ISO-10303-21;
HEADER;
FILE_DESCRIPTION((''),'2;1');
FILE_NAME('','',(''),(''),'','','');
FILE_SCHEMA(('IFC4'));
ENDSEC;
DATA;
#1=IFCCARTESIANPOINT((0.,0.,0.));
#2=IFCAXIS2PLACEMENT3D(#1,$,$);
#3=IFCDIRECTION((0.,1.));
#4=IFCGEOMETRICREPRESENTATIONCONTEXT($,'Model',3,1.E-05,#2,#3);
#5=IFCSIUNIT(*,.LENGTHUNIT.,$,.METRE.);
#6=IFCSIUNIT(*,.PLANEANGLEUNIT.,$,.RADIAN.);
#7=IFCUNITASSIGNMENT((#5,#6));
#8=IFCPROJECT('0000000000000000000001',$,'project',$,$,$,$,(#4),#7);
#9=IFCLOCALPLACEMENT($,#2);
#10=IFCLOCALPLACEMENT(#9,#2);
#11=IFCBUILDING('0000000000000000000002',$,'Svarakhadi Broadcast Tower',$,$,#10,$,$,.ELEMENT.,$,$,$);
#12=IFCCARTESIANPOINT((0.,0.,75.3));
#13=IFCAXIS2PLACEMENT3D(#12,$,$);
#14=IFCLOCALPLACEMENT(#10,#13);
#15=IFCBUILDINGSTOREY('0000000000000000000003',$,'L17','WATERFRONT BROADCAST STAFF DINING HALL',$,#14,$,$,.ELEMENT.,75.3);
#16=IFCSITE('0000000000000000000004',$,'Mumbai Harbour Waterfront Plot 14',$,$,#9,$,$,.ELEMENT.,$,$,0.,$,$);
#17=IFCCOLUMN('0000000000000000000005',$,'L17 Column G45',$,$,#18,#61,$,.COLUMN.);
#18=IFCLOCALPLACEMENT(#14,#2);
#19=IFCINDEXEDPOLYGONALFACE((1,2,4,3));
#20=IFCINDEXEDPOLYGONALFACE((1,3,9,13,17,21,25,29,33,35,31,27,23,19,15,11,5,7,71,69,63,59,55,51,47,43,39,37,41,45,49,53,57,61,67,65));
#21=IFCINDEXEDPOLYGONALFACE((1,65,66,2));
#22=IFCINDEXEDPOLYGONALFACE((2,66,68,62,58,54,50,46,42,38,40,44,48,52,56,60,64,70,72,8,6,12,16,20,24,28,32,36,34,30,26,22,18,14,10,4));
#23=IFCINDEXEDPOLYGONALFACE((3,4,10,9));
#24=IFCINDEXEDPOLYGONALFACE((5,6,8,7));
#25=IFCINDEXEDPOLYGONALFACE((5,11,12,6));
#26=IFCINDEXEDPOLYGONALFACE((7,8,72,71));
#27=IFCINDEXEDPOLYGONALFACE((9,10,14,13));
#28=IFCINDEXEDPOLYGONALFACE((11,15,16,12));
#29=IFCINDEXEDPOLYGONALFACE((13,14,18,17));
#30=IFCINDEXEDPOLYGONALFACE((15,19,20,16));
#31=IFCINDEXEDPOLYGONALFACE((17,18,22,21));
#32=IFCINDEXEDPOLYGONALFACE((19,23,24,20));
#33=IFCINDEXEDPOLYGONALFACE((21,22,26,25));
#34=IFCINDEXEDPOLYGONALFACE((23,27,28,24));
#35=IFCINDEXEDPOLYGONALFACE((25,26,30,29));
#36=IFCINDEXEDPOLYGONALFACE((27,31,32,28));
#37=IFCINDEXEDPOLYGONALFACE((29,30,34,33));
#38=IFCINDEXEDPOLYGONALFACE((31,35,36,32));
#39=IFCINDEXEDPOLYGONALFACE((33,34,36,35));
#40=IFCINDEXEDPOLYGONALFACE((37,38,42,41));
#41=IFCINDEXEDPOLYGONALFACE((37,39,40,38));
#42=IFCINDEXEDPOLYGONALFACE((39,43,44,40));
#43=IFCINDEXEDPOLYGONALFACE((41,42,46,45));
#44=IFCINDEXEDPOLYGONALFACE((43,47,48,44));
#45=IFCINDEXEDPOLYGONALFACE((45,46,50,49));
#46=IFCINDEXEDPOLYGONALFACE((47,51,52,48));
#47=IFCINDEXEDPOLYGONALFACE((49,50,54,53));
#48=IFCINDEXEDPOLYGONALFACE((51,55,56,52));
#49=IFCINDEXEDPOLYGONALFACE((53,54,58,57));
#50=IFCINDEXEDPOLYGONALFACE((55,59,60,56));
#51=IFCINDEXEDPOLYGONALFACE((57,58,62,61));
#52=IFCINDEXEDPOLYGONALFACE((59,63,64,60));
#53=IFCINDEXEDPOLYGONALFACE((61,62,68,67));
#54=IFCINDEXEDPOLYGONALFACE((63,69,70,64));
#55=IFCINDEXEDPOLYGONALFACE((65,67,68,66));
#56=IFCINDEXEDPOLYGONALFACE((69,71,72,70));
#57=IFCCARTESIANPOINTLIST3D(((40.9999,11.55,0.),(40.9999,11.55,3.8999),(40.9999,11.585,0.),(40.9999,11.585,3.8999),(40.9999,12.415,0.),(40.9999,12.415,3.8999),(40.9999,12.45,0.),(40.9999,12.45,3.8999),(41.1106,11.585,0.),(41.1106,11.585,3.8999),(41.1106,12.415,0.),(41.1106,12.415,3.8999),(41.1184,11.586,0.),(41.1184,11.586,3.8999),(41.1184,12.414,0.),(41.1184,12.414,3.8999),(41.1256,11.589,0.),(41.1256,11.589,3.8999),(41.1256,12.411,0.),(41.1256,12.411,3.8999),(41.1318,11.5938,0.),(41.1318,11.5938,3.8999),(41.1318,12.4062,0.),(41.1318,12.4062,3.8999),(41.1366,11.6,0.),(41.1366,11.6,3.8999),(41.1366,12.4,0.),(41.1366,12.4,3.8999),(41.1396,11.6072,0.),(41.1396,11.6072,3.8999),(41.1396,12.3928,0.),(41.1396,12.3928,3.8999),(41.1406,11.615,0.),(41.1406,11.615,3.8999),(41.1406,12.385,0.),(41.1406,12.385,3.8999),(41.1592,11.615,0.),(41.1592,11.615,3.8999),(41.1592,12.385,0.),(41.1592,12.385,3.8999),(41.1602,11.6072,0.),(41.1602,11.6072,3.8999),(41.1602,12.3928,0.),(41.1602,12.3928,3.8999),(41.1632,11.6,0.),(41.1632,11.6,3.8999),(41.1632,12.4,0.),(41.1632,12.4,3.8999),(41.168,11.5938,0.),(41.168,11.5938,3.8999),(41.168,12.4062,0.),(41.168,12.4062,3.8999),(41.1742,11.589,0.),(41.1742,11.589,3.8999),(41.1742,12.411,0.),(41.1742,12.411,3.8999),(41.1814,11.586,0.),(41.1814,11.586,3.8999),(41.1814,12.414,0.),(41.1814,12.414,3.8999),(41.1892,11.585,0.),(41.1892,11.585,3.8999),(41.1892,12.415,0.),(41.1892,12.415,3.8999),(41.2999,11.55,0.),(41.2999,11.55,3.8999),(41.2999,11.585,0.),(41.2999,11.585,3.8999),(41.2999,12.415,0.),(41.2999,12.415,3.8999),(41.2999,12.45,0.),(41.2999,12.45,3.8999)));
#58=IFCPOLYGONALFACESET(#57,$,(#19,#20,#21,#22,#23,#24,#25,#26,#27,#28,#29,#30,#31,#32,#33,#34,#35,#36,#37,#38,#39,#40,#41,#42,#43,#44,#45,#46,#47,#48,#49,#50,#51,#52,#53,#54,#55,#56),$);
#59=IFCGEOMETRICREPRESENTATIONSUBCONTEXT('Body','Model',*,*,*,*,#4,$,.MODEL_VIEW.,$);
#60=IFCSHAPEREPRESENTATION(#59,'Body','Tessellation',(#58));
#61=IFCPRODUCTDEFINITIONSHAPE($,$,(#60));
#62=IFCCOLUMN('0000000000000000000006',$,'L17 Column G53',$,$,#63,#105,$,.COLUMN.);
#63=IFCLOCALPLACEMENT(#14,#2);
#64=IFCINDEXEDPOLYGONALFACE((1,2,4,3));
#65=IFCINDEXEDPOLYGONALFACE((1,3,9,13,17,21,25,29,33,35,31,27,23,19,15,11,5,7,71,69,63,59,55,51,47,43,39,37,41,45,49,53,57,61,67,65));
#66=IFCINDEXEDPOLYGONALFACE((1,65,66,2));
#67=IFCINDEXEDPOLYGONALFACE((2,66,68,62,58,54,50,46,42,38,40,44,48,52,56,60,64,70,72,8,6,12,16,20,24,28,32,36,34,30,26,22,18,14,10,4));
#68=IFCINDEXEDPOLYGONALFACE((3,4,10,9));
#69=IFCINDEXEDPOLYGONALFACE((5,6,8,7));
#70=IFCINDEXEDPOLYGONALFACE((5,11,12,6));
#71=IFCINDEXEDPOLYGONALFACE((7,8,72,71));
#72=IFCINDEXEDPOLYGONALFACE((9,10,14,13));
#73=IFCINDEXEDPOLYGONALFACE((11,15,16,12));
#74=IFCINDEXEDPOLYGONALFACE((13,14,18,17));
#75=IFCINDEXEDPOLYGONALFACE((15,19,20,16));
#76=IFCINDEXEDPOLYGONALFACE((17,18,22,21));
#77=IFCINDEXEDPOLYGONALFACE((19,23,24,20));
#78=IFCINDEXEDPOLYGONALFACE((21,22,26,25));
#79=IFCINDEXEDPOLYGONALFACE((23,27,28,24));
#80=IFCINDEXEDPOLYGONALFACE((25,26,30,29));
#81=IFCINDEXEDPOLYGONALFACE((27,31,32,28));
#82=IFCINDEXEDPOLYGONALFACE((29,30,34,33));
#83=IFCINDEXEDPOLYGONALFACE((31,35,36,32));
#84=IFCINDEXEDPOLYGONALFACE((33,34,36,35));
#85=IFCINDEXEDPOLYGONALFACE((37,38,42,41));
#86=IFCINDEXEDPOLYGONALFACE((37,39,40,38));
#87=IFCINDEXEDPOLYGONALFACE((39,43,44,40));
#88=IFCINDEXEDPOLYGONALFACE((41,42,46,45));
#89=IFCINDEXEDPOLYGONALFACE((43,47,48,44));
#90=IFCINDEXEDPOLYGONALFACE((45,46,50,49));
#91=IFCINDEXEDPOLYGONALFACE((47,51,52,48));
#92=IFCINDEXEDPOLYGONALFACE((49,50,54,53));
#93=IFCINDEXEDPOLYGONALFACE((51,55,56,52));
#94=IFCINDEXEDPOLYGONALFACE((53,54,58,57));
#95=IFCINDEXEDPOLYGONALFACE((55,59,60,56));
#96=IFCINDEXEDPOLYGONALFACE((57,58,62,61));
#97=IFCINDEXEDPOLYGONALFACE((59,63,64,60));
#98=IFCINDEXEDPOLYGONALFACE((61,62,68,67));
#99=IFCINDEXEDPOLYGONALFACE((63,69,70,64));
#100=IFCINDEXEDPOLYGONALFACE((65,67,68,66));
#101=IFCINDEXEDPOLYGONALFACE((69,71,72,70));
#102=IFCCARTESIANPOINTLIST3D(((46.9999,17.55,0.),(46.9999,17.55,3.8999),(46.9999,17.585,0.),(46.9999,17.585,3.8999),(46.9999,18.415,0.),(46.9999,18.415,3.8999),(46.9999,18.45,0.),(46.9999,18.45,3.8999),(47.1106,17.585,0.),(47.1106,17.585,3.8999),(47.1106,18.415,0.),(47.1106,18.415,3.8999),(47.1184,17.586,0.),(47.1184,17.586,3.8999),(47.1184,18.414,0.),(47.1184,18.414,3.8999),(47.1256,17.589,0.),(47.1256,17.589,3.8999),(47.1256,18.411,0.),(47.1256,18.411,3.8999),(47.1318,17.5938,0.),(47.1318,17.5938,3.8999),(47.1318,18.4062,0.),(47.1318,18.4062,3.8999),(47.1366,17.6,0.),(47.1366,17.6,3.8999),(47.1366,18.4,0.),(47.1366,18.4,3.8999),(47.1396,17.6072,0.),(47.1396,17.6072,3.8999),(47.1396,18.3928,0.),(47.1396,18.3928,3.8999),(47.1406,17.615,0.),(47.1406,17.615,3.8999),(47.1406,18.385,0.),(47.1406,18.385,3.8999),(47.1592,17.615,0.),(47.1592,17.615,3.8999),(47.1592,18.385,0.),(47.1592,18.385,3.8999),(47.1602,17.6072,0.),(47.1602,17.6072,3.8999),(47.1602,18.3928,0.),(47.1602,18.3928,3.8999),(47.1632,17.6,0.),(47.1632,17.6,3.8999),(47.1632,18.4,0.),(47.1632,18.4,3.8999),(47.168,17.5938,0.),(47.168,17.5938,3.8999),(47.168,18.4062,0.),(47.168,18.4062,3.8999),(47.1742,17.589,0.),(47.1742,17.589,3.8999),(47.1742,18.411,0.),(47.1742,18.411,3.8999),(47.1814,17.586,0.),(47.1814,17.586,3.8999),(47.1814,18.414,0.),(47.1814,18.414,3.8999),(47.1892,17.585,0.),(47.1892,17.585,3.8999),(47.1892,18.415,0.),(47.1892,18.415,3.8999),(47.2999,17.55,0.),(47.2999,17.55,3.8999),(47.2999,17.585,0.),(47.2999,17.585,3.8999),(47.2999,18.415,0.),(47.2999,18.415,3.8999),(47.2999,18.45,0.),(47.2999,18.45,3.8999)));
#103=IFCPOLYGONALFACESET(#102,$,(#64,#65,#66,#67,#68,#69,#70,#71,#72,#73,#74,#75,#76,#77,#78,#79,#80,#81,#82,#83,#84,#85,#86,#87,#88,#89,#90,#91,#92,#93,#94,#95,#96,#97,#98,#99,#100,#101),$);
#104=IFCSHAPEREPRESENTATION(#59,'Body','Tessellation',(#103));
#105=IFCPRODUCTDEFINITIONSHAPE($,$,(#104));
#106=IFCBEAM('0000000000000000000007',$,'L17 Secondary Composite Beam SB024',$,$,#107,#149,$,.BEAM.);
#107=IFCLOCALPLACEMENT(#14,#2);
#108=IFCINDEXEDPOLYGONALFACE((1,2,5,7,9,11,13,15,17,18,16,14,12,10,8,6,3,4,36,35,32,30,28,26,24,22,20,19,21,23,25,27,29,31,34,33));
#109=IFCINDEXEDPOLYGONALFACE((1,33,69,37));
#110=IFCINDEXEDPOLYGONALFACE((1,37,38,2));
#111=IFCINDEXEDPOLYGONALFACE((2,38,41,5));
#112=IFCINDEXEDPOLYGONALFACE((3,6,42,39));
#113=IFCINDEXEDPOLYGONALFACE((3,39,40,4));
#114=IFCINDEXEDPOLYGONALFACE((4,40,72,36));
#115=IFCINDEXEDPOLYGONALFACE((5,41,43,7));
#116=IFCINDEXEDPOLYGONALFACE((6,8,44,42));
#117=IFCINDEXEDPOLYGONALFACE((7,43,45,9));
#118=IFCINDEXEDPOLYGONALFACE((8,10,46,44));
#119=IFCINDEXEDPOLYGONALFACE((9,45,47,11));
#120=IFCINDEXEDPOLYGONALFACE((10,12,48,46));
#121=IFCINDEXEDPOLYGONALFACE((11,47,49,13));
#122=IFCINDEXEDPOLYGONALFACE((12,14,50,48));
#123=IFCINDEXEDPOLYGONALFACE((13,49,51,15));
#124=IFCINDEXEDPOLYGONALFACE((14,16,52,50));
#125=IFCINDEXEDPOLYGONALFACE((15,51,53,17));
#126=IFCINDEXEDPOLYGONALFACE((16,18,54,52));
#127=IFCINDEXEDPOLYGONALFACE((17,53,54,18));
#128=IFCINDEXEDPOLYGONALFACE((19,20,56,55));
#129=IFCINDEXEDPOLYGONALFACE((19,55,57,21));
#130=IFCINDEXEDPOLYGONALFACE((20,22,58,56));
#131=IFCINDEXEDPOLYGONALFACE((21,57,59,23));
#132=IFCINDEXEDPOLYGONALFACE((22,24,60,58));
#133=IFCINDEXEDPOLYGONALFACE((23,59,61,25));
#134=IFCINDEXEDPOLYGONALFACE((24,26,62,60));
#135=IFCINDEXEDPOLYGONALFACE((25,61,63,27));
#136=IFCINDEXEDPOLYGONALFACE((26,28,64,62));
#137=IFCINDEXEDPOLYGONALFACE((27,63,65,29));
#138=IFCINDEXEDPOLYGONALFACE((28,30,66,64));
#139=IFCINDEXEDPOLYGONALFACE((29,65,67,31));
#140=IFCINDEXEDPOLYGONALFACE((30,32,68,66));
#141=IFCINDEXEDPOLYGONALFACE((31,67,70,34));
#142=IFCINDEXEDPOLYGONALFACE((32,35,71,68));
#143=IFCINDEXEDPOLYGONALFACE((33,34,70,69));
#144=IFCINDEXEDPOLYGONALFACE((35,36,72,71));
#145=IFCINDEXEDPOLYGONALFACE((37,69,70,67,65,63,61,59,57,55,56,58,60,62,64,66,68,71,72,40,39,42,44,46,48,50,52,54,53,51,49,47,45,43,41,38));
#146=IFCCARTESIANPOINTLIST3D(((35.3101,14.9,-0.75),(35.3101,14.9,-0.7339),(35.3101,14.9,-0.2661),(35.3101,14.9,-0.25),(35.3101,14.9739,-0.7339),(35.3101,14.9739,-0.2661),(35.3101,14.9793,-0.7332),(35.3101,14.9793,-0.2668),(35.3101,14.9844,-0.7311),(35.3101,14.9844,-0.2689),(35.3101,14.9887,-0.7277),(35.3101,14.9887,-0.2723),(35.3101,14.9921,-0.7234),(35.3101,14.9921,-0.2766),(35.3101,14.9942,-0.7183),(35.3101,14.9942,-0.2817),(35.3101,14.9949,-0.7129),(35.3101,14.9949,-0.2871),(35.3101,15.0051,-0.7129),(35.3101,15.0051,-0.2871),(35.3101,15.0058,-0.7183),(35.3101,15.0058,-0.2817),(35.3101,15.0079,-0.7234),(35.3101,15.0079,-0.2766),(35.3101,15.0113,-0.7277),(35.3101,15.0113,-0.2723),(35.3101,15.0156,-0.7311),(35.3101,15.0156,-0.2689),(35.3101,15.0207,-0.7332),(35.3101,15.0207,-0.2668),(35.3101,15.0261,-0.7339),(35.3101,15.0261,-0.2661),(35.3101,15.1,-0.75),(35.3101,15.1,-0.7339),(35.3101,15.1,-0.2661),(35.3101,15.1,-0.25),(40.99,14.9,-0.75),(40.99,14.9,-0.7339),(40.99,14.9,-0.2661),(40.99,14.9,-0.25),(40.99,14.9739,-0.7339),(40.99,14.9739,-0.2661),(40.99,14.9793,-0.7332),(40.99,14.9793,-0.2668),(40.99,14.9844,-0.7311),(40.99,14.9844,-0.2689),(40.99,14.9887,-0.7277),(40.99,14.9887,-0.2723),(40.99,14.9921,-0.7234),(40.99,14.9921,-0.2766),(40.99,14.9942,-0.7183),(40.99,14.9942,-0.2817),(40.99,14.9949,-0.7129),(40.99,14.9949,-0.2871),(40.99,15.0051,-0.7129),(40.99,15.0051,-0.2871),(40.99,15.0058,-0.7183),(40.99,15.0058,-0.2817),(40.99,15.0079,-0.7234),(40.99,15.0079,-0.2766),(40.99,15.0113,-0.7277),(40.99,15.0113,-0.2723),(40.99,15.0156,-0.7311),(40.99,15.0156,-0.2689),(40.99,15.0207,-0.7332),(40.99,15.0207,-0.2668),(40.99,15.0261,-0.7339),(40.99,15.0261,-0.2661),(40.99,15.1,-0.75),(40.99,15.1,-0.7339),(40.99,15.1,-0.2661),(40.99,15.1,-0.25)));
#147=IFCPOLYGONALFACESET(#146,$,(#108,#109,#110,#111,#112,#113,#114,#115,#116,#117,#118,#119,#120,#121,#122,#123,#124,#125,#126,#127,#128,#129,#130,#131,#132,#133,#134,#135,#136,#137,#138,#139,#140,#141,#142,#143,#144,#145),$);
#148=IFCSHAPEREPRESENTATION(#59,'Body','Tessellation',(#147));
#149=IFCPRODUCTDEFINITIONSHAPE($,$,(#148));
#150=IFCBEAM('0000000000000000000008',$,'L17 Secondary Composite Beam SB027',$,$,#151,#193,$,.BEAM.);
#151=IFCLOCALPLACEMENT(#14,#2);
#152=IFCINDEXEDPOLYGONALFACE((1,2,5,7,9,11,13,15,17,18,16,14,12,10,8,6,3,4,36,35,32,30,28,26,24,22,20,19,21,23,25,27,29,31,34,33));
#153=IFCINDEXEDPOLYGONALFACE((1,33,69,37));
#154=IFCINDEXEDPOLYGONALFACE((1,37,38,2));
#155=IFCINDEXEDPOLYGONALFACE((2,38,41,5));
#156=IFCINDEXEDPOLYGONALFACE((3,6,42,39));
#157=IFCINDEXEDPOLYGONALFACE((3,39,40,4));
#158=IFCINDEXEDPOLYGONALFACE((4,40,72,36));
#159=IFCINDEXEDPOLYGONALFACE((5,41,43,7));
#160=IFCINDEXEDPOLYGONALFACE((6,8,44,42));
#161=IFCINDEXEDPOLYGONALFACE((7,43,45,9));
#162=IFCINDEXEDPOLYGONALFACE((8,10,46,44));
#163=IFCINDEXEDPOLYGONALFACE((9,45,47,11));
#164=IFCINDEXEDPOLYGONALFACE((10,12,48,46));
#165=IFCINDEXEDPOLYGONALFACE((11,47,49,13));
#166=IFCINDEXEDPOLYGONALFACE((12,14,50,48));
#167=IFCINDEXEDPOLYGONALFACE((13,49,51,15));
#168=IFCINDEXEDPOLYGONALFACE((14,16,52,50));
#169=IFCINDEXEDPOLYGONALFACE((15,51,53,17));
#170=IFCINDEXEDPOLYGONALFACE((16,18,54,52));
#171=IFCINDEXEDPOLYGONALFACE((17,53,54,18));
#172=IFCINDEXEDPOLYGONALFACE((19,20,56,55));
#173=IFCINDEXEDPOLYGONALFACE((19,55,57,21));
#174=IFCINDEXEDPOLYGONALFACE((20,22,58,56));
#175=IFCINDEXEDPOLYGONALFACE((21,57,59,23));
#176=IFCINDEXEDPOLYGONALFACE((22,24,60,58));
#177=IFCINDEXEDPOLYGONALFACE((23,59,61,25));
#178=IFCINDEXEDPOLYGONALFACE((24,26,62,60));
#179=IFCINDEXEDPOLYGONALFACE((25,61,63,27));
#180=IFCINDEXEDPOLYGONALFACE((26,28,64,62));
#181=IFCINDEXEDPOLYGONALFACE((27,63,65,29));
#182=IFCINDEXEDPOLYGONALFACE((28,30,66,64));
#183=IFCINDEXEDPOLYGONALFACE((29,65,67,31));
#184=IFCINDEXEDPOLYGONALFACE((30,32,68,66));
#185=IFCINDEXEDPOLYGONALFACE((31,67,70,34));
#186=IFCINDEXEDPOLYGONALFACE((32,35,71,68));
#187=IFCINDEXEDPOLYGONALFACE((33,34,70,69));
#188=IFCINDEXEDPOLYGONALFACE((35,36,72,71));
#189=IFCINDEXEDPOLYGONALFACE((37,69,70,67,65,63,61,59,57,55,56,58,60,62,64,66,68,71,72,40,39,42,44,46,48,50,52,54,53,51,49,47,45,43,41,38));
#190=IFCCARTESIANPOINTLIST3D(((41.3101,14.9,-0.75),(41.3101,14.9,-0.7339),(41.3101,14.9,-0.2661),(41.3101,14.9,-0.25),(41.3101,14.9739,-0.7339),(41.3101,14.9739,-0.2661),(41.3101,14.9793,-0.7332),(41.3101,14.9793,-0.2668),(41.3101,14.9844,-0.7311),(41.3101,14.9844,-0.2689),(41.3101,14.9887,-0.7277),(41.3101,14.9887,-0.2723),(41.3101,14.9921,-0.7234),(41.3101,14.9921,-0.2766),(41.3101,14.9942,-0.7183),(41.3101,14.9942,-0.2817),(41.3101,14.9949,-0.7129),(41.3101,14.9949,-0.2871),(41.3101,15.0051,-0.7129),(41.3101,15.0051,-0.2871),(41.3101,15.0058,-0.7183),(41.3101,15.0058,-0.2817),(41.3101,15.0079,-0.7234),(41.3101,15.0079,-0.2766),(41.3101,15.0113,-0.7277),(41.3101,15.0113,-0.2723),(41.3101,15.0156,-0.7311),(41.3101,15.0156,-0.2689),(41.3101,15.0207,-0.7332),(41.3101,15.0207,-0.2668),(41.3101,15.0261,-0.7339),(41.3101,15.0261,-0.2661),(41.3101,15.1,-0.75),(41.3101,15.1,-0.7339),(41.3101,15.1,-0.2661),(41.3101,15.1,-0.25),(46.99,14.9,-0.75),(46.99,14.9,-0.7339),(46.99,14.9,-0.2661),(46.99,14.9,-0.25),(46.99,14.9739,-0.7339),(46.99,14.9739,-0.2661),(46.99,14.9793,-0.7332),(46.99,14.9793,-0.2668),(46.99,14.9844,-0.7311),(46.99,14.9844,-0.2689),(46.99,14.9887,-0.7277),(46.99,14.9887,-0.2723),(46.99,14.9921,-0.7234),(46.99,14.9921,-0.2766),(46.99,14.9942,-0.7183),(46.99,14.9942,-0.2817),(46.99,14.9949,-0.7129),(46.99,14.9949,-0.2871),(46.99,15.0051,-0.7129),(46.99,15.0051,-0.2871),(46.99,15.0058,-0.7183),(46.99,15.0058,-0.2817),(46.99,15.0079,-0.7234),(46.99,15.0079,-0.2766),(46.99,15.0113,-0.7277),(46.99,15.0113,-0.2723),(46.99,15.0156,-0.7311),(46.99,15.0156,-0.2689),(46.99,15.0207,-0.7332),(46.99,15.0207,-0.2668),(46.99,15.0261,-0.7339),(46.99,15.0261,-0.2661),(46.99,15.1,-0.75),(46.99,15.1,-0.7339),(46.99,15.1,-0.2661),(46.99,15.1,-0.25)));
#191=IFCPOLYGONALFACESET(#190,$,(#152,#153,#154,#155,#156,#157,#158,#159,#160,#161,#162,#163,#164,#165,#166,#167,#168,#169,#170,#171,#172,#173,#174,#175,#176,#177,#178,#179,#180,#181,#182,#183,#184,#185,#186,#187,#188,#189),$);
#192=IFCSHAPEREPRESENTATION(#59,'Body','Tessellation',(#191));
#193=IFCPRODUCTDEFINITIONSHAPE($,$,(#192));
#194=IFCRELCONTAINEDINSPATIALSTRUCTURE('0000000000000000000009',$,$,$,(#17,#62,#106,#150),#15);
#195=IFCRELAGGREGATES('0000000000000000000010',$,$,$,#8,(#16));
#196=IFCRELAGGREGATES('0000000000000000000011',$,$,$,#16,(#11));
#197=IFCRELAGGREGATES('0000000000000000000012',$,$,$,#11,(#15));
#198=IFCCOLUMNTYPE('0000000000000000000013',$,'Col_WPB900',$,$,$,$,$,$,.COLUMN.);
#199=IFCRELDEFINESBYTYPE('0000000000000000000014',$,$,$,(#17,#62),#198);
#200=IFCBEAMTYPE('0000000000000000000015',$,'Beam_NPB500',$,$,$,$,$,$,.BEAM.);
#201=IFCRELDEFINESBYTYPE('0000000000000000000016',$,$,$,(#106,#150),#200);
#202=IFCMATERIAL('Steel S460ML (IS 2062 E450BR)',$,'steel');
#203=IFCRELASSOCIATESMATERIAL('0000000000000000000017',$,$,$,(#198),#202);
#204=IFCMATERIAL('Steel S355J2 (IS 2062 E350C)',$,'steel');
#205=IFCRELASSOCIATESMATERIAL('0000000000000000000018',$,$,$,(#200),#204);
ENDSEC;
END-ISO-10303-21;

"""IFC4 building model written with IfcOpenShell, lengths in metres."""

from ifc_helpers import new_model, si_unit, direction, frame, origin, origin_2d, place, context, subcontext, project, spatial, i_section, extrude, material, material_profile, profile_set, type_object, element, save


model = new_model("IFC4")

# Units and contexts
model_context = context("Model", 3, precision=1e-05, world=origin(), true_north=direction((0.0, 1.0)))
body_context = subcontext(model_context, "Body", "Model", "MODEL_VIEW")
ifc_project = project(units=[si_unit("LENGTHUNIT", "METRE"), si_unit("PLANEANGLEUNIT", "RADIAN")], contexts=[model_context])

# Site, building, storey
site_placement = place(None, origin())
site = spatial("IfcSite", under=ifc_project, at=site_placement, Name="Mumbai Harbour Waterfront Plot 14", CompositionType="ELEMENT", RefElevation=0.0)
building_placement = place(site_placement, origin())
building = spatial("IfcBuilding", under=site, at=building_placement, Name="Svarakhadi Broadcast Tower", CompositionType="ELEMENT")
storey_placement = place(building_placement, frame((0.0, 0.0, 75.3)))
storey = spatial("IfcBuildingStorey", under=building, at=storey_placement, Name="L17", Description="WATERFRONT BROADCAST STAFF DINING HALL", CompositionType="ELEMENT", Elevation=75.3)

# Columns
ifc_material_1 = material(Name="Steel S460ML (IS 2062 E450BR)", Category="steel")
ifc_material_profile_1 = material_profile(ifc_material_1, i_section(OverallWidth=0.3, OverallDepth=0.8999, WebThickness=0.0186, FlangeThickness=0.0349, FilletRadius=0.03, at=origin_2d()), Name="WPB 900x300x291")
ifc_profile_set_1 = profile_set([ifc_material_profile_1], Name="Steel S460ML (IS 2062 E450BR)")
column_type_1 = type_object("IfcColumnType", Name="Col_WPB900", PredefinedType="COLUMN", material=ifc_profile_set_1)
for number, where, z_axis, x_axis, name in (
    (1, (41.1499, 12.0, 0.0), (0.0, 0.0, 1.0), (1.0, 0.0, 0.0), "L17 Column G45"),
    (2, (47.1499, 18.0, 0.0), (0.0, 0.0, 1.0), (1.0, 0.0, 0.0), "L17 Column G53"),
):
    element("IfcColumn", number, at=place(storey_placement, frame(where, z_axis=z_axis, x_axis=x_axis)), inside=storey, type_object=column_type_1, Name=name, PredefinedType="COLUMN", context=body_context, shape_type="SweptSolid", body=[
        extrude(i_section(OverallWidth=0.3, OverallDepth=0.8999, WebThickness=0.0186, FlangeThickness=0.0349, FilletRadius=0.03, at=origin_2d()), origin(), (0.0, 0.0, 1.0), 3.8999),
    ])

# Beams
ifc_material_2 = material(Name="Steel S355J2 (IS 2062 E350C)", Category="steel")
ifc_material_profile_2 = material_profile(ifc_material_2, i_section(OverallWidth=0.2, OverallDepth=0.5, WebThickness=0.0103, FlangeThickness=0.0161, FilletRadius=0.021, at=origin_2d()), Name="NPB 500x200x91")
ifc_profile_set_2 = profile_set([ifc_material_profile_2], Name="Steel S355J2 (IS 2062 E350C)")
beam_type_1 = type_object("IfcBeamType", Name="Beam_NPB500", PredefinedType="BEAM", material=ifc_profile_set_2)
for number, where, z_axis, x_axis, name in (
    (3, (35.3101, 15.0, -0.5), (1.0, 0.0, 0.0), (0.0, 1.0, 0.0), "L17 Secondary Composite Beam SB024"),
    (4, (41.3101, 15.0, -0.5), (1.0, 0.0, 0.0), (0.0, 1.0, 0.0), "L17 Secondary Composite Beam SB027"),
):
    element("IfcBeam", number, at=place(storey_placement, frame(where, z_axis=z_axis, x_axis=x_axis)), inside=storey, type_object=beam_type_1, Name=name, PredefinedType="BEAM", context=body_context, shape_type="SweptSolid", body=[
        extrude(i_section(OverallWidth=0.2, OverallDepth=0.5, WebThickness=0.0103, FlangeThickness=0.0161, FilletRadius=0.021, at=origin_2d()), origin(), (0.0, 0.0, 1.0), 5.6799),
    ])

save(model, "model.ifc")
